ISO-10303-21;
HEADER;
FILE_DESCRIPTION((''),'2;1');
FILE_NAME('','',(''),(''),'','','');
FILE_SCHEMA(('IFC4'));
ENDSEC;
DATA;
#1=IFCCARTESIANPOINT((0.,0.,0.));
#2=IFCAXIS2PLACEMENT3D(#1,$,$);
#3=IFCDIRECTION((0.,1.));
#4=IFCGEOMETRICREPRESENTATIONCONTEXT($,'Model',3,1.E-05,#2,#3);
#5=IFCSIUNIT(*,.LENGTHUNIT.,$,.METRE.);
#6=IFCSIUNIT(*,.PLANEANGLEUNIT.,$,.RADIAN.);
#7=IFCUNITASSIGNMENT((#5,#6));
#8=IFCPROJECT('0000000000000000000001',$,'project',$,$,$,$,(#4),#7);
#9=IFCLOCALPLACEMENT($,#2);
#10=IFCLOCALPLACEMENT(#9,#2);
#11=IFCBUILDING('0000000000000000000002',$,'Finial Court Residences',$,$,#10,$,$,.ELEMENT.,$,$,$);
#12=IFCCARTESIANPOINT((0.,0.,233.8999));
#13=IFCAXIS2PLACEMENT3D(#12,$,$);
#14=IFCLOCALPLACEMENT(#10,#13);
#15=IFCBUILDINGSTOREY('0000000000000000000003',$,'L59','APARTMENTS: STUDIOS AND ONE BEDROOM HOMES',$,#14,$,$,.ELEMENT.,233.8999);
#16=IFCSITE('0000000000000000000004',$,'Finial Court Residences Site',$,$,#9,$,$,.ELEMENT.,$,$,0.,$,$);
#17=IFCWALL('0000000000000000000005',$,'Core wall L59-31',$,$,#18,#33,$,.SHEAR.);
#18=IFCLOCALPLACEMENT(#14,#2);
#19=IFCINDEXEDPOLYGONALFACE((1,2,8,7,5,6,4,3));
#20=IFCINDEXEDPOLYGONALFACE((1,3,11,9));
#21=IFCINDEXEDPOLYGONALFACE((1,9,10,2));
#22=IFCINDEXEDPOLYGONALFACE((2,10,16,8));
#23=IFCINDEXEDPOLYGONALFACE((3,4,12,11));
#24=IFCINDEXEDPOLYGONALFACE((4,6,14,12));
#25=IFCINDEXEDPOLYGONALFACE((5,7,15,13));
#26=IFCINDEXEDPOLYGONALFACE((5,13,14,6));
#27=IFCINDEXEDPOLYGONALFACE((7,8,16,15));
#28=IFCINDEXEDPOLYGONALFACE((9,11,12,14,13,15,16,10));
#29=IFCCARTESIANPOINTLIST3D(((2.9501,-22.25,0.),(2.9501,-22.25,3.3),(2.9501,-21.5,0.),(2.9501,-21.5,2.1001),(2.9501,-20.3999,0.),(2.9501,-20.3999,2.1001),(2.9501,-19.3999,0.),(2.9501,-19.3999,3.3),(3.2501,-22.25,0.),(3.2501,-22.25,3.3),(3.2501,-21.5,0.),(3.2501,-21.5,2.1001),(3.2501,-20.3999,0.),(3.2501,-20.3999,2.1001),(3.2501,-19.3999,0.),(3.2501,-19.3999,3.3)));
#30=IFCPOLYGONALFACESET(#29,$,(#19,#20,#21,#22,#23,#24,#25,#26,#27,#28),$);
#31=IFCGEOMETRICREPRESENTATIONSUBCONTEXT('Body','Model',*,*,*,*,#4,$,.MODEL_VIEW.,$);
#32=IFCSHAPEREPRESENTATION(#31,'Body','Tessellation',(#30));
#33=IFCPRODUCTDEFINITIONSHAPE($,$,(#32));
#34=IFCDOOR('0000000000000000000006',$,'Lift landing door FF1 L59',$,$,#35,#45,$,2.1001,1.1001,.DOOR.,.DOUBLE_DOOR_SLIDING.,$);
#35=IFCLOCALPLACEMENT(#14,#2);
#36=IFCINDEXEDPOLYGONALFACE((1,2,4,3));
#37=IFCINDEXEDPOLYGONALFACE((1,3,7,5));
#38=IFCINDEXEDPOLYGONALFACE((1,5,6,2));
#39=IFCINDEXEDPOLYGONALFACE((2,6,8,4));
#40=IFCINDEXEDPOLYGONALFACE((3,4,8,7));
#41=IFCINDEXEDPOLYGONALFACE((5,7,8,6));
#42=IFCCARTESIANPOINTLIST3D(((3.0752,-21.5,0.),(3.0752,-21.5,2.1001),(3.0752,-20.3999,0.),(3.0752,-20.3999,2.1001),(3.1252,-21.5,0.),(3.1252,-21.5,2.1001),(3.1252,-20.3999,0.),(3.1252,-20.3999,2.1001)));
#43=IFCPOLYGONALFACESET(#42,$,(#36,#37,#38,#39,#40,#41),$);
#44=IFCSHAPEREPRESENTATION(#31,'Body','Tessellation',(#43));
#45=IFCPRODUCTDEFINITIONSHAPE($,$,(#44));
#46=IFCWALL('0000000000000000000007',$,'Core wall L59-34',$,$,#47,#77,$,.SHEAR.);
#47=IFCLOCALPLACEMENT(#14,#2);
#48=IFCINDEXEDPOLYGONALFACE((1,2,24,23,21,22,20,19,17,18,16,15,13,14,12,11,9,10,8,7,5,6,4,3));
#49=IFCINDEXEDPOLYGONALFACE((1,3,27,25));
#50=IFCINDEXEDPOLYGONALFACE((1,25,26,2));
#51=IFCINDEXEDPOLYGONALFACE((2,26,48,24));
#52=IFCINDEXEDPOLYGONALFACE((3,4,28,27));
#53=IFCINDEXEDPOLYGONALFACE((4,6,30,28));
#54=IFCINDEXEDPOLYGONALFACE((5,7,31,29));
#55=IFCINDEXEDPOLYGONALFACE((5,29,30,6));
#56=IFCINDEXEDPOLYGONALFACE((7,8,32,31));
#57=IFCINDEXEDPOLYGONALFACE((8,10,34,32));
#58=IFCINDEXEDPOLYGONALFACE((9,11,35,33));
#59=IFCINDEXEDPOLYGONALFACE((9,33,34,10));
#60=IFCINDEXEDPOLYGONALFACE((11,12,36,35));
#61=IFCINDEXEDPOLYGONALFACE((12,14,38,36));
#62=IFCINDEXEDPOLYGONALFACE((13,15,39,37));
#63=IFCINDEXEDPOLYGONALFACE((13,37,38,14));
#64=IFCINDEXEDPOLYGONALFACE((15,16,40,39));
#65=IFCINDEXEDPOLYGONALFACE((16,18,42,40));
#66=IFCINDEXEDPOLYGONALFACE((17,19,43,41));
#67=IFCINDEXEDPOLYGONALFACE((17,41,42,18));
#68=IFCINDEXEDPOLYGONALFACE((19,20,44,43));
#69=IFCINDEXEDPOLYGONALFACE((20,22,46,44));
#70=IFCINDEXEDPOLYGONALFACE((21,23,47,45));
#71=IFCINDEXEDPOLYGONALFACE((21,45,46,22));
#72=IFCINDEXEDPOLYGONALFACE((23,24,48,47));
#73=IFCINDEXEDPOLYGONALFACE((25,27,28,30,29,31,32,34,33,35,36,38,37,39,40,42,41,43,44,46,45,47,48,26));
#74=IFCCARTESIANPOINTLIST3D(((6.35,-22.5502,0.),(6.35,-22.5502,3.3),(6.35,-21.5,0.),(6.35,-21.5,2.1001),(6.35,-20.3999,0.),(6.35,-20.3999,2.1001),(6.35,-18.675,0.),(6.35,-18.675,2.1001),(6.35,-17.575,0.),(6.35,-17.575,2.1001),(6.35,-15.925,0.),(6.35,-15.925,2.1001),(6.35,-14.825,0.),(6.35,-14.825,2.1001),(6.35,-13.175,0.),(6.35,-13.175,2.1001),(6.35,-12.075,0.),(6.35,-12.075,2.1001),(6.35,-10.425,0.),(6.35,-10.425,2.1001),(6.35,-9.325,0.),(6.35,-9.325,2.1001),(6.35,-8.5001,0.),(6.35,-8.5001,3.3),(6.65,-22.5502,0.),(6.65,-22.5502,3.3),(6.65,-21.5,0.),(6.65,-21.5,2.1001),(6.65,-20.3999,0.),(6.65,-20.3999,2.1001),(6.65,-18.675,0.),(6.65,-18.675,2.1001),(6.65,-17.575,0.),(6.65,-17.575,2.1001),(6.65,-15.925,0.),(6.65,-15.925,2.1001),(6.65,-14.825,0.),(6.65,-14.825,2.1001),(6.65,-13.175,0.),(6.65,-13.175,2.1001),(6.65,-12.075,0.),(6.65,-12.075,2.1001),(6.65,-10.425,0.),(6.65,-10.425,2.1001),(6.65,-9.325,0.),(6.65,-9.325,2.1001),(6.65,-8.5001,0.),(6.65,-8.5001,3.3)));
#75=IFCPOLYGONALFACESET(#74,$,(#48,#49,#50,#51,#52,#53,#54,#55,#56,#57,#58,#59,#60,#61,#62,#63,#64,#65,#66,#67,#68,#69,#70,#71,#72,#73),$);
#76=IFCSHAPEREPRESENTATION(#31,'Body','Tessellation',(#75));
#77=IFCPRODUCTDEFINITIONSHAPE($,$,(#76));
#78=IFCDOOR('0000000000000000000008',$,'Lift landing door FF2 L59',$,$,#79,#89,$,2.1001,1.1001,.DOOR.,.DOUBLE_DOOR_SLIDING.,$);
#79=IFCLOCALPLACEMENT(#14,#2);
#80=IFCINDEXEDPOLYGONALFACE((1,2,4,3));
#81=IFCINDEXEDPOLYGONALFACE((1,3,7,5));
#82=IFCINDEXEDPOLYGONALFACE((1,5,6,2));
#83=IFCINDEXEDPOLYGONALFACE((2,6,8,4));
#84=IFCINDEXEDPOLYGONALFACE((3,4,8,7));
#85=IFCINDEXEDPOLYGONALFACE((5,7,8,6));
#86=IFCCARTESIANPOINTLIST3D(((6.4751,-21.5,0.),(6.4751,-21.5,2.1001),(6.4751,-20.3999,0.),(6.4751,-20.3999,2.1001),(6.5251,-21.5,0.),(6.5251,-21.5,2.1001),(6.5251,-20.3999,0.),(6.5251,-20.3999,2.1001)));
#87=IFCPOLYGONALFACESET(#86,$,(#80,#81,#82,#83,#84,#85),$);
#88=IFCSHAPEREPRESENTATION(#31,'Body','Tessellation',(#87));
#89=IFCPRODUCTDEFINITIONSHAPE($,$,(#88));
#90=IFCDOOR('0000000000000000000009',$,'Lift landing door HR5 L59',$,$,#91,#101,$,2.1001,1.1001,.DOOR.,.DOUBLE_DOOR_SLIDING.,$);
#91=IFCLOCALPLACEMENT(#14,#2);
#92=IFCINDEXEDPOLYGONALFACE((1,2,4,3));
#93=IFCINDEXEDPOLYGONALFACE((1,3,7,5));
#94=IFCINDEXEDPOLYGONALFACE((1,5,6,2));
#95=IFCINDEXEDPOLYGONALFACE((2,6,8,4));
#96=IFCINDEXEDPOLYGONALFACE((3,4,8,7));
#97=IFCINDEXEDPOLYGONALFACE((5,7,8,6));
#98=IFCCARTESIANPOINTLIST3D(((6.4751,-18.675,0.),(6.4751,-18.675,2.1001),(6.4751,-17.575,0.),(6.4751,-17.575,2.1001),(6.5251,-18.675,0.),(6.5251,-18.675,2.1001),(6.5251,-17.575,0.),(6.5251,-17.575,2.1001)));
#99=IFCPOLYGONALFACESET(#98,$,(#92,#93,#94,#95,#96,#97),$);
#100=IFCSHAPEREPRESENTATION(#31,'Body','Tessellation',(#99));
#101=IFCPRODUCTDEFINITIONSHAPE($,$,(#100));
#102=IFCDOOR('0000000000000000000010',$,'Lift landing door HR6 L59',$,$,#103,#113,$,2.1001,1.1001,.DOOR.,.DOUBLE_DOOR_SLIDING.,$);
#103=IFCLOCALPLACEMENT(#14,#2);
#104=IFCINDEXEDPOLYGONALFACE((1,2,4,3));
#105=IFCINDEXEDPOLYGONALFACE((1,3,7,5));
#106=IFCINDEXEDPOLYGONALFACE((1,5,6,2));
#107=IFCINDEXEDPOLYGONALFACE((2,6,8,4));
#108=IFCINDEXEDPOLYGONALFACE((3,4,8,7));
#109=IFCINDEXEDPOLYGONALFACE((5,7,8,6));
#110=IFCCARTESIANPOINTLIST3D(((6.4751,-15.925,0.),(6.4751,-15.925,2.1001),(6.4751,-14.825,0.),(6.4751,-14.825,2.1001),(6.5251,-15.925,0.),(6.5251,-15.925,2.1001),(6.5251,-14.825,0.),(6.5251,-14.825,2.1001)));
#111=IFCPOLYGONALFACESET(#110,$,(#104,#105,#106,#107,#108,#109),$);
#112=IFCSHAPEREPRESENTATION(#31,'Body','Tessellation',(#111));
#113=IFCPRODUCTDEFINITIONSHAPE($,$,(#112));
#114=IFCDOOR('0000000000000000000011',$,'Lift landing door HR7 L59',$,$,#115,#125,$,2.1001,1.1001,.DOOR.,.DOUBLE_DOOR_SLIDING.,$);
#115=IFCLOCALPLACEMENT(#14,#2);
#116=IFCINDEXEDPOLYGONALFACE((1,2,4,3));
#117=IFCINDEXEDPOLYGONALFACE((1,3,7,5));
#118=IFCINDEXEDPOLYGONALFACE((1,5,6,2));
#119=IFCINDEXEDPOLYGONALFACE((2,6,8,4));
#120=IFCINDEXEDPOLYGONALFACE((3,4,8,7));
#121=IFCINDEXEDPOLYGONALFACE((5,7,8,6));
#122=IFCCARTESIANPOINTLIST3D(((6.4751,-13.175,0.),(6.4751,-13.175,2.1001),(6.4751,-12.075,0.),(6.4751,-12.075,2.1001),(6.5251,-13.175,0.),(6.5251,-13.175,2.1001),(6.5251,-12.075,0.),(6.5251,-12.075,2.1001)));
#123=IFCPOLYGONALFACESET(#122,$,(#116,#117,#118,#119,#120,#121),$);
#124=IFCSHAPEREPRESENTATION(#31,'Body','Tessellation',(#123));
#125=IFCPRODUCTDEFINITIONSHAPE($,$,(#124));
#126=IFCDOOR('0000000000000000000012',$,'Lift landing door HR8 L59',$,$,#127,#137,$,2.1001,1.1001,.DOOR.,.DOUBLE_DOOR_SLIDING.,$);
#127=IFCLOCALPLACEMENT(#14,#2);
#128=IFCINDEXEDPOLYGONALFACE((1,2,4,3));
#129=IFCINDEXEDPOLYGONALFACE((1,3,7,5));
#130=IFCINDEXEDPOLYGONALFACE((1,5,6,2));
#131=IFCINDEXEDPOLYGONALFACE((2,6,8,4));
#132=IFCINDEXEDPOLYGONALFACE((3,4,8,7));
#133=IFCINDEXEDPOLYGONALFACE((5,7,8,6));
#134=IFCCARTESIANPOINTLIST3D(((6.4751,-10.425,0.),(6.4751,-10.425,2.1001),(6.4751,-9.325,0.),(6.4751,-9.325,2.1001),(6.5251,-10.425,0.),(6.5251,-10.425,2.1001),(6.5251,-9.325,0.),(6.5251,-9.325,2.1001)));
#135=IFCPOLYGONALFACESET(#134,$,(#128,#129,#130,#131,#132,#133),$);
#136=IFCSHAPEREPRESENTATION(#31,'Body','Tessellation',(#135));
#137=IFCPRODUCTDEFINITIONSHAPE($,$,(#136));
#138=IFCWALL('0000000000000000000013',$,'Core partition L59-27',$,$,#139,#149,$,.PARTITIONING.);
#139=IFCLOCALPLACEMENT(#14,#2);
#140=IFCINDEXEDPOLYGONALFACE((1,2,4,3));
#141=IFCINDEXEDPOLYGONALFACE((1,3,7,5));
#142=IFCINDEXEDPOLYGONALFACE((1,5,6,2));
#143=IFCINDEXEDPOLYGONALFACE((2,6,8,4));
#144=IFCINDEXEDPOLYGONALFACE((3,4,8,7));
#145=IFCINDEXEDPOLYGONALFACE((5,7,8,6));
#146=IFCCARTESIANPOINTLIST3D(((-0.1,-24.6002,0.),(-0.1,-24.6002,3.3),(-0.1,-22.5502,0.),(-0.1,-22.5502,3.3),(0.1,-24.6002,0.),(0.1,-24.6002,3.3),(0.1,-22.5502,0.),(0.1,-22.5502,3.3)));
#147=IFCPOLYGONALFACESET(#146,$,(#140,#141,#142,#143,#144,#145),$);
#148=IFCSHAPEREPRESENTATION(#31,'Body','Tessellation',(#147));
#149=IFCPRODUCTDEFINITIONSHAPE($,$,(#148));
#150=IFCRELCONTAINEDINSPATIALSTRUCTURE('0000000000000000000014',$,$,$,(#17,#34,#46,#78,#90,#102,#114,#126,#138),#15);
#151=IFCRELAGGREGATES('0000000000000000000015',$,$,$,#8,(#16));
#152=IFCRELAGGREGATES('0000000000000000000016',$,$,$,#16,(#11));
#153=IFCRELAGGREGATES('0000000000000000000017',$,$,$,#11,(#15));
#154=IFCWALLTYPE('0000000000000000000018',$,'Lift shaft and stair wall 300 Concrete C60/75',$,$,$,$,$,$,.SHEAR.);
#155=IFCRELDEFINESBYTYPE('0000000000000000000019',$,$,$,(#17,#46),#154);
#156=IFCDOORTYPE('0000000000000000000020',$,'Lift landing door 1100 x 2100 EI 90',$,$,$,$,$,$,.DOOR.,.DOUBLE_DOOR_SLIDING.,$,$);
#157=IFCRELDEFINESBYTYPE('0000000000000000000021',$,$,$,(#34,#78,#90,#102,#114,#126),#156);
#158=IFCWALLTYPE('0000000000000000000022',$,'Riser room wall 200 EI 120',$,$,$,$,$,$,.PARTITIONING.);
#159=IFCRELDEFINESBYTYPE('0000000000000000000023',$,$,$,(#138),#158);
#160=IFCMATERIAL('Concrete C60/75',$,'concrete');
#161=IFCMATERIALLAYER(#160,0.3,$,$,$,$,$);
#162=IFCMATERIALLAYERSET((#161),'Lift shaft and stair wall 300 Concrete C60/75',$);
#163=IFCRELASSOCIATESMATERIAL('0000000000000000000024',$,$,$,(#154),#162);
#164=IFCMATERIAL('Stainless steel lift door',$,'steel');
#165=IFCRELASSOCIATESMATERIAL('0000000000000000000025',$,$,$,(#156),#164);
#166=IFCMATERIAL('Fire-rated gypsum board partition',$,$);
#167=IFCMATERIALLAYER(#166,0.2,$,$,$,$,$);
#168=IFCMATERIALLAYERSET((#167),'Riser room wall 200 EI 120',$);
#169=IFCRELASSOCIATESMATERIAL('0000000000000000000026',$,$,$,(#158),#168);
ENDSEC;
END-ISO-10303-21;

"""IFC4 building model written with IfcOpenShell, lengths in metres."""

from ifc_helpers import new_model, si_unit, direction, frame, frame_2d, origin, place, context, subcontext, project, spatial, rectangle, extrude, material, layer, layer_set, type_object, element, fill, save


model = new_model("IFC4")

# Units and contexts
model_context = context("Model", 3, precision=1e-05, world=origin(), true_north=direction((0.0, 1.0)))
body_context = subcontext(model_context, "Body", "Model", "MODEL_VIEW")
ifc_project = project(units=[si_unit("LENGTHUNIT", "METRE"), si_unit("PLANEANGLEUNIT", "RADIAN")], contexts=[model_context])

# Site, building, storey
site_placement = place(None, origin())
site = spatial("IfcSite", under=ifc_project, at=site_placement, Name="Finial Court Residences Site", CompositionType="ELEMENT", RefElevation=0.0)
building_placement = place(site_placement, origin())
building = spatial("IfcBuilding", under=site, at=building_placement, Name="Finial Court Residences", CompositionType="ELEMENT")
storey_placement = place(building_placement, frame((0.0, 0.0, 233.8999)))
storey = spatial("IfcBuildingStorey", under=building, at=storey_placement, Name="L59", Description="APARTMENTS: STUDIOS AND ONE BEDROOM HOMES", CompositionType="ELEMENT", Elevation=233.8999)

# Shared definitions
ifc_material_1 = material(Name="Fire-rated gypsum board partition")

# Shared definitions
ifc_material_2 = material(Name="Concrete C60/75", Category="concrete")
ifc_layer_1 = layer(ifc_material_2, 0.3)
ifc_layer_set_1 = layer_set([ifc_layer_1], Name="Lift shaft and stair wall 300 Concrete C60/75")
wall_type_1 = type_object("IfcWallType", Name="Lift shaft and stair wall 300 Concrete C60/75", PredefinedType="SHEAR", material=ifc_layer_set_1)

# Wall, opening, door
wall_1_placement = place(storey_placement, frame((3.1001, -22.25, 0.0), z_axis=(0.0, 0.0, 1.0), x_axis=(0.0, 1.0, 0.0)))
wall_1 = element("IfcWall", 1, at=wall_1_placement, inside=storey, type_object=wall_type_1, Name="Core wall L59-31", PredefinedType="SHEAR", context=body_context, shape_type="SweptSolid", body=[
    extrude(rectangle(XDim=2.8501, YDim=0.3, at=frame_2d((1.425, 0.0))), origin(), (0.0, 0.0, 1.0), 3.3),
])
opening_1_placement = place(wall_1_placement, frame((0.75, 0.0, 0.0)))
opening_1 = element("IfcOpeningElement", 2, at=opening_1_placement, cuts=wall_1, PredefinedType="OPENING", context=body_context, shape_type="SweptSolid", body=[
    extrude(rectangle(XDim=1.1001, YDim=2.1001, at=frame_2d((0.55, 1.05))), frame((0.0, 0.1599, 0.0), z_axis=(0.0, -1.0, 0.0), x_axis=(1.0, 0.0, 0.0)), (0.0, 0.0, 1.0), 0.3201),
])
ifc_material_3 = material(Name="Stainless steel lift door", Category="steel")
door_type_1 = type_object("IfcDoorType", Name="Lift landing door 1100 x 2100 EI 90", OperationType="DOUBLE_DOOR_SLIDING", PredefinedType="DOOR", material=ifc_material_3)
door_1_placement = place(opening_1_placement, origin())
door_1 = element("IfcDoor", 3, at=door_1_placement, inside=storey, type_object=door_type_1, Name="Lift landing door FF1 L59", OperationType="DOUBLE_DOOR_SLIDING", OverallHeight=2.1001, OverallWidth=1.1001, PredefinedType="DOOR", context=body_context, shape_type="SweptSolid", body=[
    extrude(rectangle(XDim=1.1001, YDim=2.1001, at=frame_2d((0.55, 1.05))), frame((0.0, 0.0249, 0.0), z_axis=(0.0, -1.0, 0.0), x_axis=(1.0, 0.0, 0.0)), (0.0, 0.0, 1.0), 0.05),
])
fill(opening_1, door_1)

# Wall, openings, doors
wall_2_placement = place(storey_placement, frame((6.5, -22.55, 0.0), z_axis=(0.0, 0.0, 1.0), x_axis=(0.0, 1.0, 0.0)))
wall_2 = element("IfcWall", 4, at=wall_2_placement, inside=storey, type_object=wall_type_1, Name="Core wall L59-34", PredefinedType="SHEAR", context=body_context, shape_type="SweptSolid", body=[
    extrude(rectangle(XDim=14.05, YDim=0.3, at=frame_2d((7.0249, 0.0))), origin(), (0.0, 0.0, 1.0), 3.3),
])
opening_2_placement = place(wall_2_placement, frame((1.05, 0.0, 0.0)))
opening_2 = element("IfcOpeningElement", 5, at=opening_2_placement, cuts=wall_2, PredefinedType="OPENING", context=body_context, shape_type="SweptSolid", body=[
    extrude(rectangle(XDim=1.1001, YDim=2.1001, at=frame_2d((0.55, 1.05))), frame((0.0, 0.1599, 0.0), z_axis=(0.0, -1.0, 0.0), x_axis=(1.0, 0.0, 0.0)), (0.0, 0.0, 1.0), 0.3201),
])
opening_3_placement = place(wall_2_placement, frame((3.875, 0.0, 0.0)))
opening_3 = element("IfcOpeningElement", 6, at=opening_3_placement, cuts=wall_2, PredefinedType="OPENING", context=body_context, shape_type="SweptSolid", body=[
    extrude(rectangle(XDim=1.1001, YDim=2.1001, at=frame_2d((0.55, 1.05))), frame((0.0, 0.1599, 0.0), z_axis=(0.0, -1.0, 0.0), x_axis=(1.0, 0.0, 0.0)), (0.0, 0.0, 1.0), 0.3201),
])
opening_4_placement = place(wall_2_placement, frame((6.625, 0.0, 0.0)))
opening_4 = element("IfcOpeningElement", 7, at=opening_4_placement, cuts=wall_2, PredefinedType="OPENING", context=body_context, shape_type="SweptSolid", body=[
    extrude(rectangle(XDim=1.1001, YDim=2.1001, at=frame_2d((0.55, 1.05))), frame((0.0, 0.1599, 0.0), z_axis=(0.0, -1.0, 0.0), x_axis=(1.0, 0.0, 0.0)), (0.0, 0.0, 1.0), 0.3201),
])
opening_5_placement = place(wall_2_placement, frame((9.375, 0.0, 0.0)))
opening_5 = element("IfcOpeningElement", 8, at=opening_5_placement, cuts=wall_2, PredefinedType="OPENING", context=body_context, shape_type="SweptSolid", body=[
    extrude(rectangle(XDim=1.1001, YDim=2.1001, at=frame_2d((0.55, 1.05))), frame((0.0, 0.1599, 0.0), z_axis=(0.0, -1.0, 0.0), x_axis=(1.0, 0.0, 0.0)), (0.0, 0.0, 1.0), 0.3201),
])
opening_6_placement = place(wall_2_placement, frame((12.125, 0.0, 0.0)))
opening_6 = element("IfcOpeningElement", 9, at=opening_6_placement, cuts=wall_2, PredefinedType="OPENING", context=body_context, shape_type="SweptSolid", body=[
    extrude(rectangle(XDim=1.1001, YDim=2.1001, at=frame_2d((0.55, 1.05))), frame((0.0, 0.1599, 0.0), z_axis=(0.0, -1.0, 0.0), x_axis=(1.0, 0.0, 0.0)), (0.0, 0.0, 1.0), 0.3201),
])
door_2_placement = place(opening_2_placement, origin())
door_2 = element("IfcDoor", 10, at=door_2_placement, inside=storey, type_object=door_type_1, Name="Lift landing door FF2 L59", OperationType="DOUBLE_DOOR_SLIDING", OverallHeight=2.1001, OverallWidth=1.1001, PredefinedType="DOOR", context=body_context, shape_type="SweptSolid", body=[
    extrude(rectangle(XDim=1.1001, YDim=2.1001, at=frame_2d((0.55, 1.05))), frame((0.0, 0.0249, 0.0), z_axis=(0.0, -1.0, 0.0), x_axis=(1.0, 0.0, 0.0)), (0.0, 0.0, 1.0), 0.05),
])
fill(opening_2, door_2)
door_3_placement = place(opening_3_placement, origin())
door_3 = element("IfcDoor", 11, at=door_3_placement, inside=storey, type_object=door_type_1, Name="Lift landing door HR5 L59", OperationType="DOUBLE_DOOR_SLIDING", OverallHeight=2.1001, OverallWidth=1.1001, PredefinedType="DOOR", context=body_context, shape_type="SweptSolid", body=[
    extrude(rectangle(XDim=1.1001, YDim=2.1001, at=frame_2d((0.55, 1.05))), frame((0.0, 0.0249, 0.0), z_axis=(0.0, -1.0, 0.0), x_axis=(1.0, 0.0, 0.0)), (0.0, 0.0, 1.0), 0.05),
])
fill(opening_3, door_3)
door_4_placement = place(opening_4_placement, origin())
door_4 = element("IfcDoor", 12, at=door_4_placement, inside=storey, type_object=door_type_1, Name="Lift landing door HR6 L59", OperationType="DOUBLE_DOOR_SLIDING", OverallHeight=2.1001, OverallWidth=1.1001, PredefinedType="DOOR", context=body_context, shape_type="SweptSolid", body=[
    extrude(rectangle(XDim=1.1001, YDim=2.1001, at=frame_2d((0.55, 1.05))), frame((0.0, 0.0249, 0.0), z_axis=(0.0, -1.0, 0.0), x_axis=(1.0, 0.0, 0.0)), (0.0, 0.0, 1.0), 0.05),
])
fill(opening_4, door_4)
door_5_placement = place(opening_5_placement, origin())
door_5 = element("IfcDoor", 13, at=door_5_placement, inside=storey, type_object=door_type_1, Name="Lift landing door HR7 L59", OperationType="DOUBLE_DOOR_SLIDING", OverallHeight=2.1001, OverallWidth=1.1001, PredefinedType="DOOR", context=body_context, shape_type="SweptSolid", body=[
    extrude(rectangle(XDim=1.1001, YDim=2.1001, at=frame_2d((0.55, 1.05))), frame((0.0, 0.0249, 0.0), z_axis=(0.0, -1.0, 0.0), x_axis=(1.0, 0.0, 0.0)), (0.0, 0.0, 1.0), 0.05),
])
fill(opening_5, door_5)
door_6_placement = place(opening_6_placement, origin())
door_6 = element("IfcDoor", 14, at=door_6_placement, inside=storey, type_object=door_type_1, Name="Lift landing door HR8 L59", OperationType="DOUBLE_DOOR_SLIDING", OverallHeight=2.1001, OverallWidth=1.1001, PredefinedType="DOOR", context=body_context, shape_type="SweptSolid", body=[
    extrude(rectangle(XDim=1.1001, YDim=2.1001, at=frame_2d((0.55, 1.05))), frame((0.0, 0.0249, 0.0), z_axis=(0.0, -1.0, 0.0), x_axis=(1.0, 0.0, 0.0)), (0.0, 0.0, 1.0), 0.05),
])
fill(opening_6, door_6)

# Wall
ifc_layer_2 = layer(ifc_material_1, 0.2)
ifc_layer_set_2 = layer_set([ifc_layer_2], Name="Riser room wall 200 EI 120")
wall_type_2 = type_object("IfcWallType", Name="Riser room wall 200 EI 120", PredefinedType="PARTITIONING", material=ifc_layer_set_2)
wall_3_placement = place(storey_placement, frame((0.0, -24.6001, 0.0), z_axis=(0.0, 0.0, 1.0), x_axis=(0.0, 1.0, 0.0)))
element("IfcWall", 15, at=wall_3_placement, inside=storey, type_object=wall_type_2, Name="Core partition L59-27", PredefinedType="PARTITIONING", context=body_context, shape_type="SweptSolid", body=[
    extrude(rectangle(XDim=2.05, YDim=0.2, at=frame_2d((1.0249, 0.0))), origin(), (0.0, 0.0, 1.0), 3.3),
])

save(model, "model.ifc")
